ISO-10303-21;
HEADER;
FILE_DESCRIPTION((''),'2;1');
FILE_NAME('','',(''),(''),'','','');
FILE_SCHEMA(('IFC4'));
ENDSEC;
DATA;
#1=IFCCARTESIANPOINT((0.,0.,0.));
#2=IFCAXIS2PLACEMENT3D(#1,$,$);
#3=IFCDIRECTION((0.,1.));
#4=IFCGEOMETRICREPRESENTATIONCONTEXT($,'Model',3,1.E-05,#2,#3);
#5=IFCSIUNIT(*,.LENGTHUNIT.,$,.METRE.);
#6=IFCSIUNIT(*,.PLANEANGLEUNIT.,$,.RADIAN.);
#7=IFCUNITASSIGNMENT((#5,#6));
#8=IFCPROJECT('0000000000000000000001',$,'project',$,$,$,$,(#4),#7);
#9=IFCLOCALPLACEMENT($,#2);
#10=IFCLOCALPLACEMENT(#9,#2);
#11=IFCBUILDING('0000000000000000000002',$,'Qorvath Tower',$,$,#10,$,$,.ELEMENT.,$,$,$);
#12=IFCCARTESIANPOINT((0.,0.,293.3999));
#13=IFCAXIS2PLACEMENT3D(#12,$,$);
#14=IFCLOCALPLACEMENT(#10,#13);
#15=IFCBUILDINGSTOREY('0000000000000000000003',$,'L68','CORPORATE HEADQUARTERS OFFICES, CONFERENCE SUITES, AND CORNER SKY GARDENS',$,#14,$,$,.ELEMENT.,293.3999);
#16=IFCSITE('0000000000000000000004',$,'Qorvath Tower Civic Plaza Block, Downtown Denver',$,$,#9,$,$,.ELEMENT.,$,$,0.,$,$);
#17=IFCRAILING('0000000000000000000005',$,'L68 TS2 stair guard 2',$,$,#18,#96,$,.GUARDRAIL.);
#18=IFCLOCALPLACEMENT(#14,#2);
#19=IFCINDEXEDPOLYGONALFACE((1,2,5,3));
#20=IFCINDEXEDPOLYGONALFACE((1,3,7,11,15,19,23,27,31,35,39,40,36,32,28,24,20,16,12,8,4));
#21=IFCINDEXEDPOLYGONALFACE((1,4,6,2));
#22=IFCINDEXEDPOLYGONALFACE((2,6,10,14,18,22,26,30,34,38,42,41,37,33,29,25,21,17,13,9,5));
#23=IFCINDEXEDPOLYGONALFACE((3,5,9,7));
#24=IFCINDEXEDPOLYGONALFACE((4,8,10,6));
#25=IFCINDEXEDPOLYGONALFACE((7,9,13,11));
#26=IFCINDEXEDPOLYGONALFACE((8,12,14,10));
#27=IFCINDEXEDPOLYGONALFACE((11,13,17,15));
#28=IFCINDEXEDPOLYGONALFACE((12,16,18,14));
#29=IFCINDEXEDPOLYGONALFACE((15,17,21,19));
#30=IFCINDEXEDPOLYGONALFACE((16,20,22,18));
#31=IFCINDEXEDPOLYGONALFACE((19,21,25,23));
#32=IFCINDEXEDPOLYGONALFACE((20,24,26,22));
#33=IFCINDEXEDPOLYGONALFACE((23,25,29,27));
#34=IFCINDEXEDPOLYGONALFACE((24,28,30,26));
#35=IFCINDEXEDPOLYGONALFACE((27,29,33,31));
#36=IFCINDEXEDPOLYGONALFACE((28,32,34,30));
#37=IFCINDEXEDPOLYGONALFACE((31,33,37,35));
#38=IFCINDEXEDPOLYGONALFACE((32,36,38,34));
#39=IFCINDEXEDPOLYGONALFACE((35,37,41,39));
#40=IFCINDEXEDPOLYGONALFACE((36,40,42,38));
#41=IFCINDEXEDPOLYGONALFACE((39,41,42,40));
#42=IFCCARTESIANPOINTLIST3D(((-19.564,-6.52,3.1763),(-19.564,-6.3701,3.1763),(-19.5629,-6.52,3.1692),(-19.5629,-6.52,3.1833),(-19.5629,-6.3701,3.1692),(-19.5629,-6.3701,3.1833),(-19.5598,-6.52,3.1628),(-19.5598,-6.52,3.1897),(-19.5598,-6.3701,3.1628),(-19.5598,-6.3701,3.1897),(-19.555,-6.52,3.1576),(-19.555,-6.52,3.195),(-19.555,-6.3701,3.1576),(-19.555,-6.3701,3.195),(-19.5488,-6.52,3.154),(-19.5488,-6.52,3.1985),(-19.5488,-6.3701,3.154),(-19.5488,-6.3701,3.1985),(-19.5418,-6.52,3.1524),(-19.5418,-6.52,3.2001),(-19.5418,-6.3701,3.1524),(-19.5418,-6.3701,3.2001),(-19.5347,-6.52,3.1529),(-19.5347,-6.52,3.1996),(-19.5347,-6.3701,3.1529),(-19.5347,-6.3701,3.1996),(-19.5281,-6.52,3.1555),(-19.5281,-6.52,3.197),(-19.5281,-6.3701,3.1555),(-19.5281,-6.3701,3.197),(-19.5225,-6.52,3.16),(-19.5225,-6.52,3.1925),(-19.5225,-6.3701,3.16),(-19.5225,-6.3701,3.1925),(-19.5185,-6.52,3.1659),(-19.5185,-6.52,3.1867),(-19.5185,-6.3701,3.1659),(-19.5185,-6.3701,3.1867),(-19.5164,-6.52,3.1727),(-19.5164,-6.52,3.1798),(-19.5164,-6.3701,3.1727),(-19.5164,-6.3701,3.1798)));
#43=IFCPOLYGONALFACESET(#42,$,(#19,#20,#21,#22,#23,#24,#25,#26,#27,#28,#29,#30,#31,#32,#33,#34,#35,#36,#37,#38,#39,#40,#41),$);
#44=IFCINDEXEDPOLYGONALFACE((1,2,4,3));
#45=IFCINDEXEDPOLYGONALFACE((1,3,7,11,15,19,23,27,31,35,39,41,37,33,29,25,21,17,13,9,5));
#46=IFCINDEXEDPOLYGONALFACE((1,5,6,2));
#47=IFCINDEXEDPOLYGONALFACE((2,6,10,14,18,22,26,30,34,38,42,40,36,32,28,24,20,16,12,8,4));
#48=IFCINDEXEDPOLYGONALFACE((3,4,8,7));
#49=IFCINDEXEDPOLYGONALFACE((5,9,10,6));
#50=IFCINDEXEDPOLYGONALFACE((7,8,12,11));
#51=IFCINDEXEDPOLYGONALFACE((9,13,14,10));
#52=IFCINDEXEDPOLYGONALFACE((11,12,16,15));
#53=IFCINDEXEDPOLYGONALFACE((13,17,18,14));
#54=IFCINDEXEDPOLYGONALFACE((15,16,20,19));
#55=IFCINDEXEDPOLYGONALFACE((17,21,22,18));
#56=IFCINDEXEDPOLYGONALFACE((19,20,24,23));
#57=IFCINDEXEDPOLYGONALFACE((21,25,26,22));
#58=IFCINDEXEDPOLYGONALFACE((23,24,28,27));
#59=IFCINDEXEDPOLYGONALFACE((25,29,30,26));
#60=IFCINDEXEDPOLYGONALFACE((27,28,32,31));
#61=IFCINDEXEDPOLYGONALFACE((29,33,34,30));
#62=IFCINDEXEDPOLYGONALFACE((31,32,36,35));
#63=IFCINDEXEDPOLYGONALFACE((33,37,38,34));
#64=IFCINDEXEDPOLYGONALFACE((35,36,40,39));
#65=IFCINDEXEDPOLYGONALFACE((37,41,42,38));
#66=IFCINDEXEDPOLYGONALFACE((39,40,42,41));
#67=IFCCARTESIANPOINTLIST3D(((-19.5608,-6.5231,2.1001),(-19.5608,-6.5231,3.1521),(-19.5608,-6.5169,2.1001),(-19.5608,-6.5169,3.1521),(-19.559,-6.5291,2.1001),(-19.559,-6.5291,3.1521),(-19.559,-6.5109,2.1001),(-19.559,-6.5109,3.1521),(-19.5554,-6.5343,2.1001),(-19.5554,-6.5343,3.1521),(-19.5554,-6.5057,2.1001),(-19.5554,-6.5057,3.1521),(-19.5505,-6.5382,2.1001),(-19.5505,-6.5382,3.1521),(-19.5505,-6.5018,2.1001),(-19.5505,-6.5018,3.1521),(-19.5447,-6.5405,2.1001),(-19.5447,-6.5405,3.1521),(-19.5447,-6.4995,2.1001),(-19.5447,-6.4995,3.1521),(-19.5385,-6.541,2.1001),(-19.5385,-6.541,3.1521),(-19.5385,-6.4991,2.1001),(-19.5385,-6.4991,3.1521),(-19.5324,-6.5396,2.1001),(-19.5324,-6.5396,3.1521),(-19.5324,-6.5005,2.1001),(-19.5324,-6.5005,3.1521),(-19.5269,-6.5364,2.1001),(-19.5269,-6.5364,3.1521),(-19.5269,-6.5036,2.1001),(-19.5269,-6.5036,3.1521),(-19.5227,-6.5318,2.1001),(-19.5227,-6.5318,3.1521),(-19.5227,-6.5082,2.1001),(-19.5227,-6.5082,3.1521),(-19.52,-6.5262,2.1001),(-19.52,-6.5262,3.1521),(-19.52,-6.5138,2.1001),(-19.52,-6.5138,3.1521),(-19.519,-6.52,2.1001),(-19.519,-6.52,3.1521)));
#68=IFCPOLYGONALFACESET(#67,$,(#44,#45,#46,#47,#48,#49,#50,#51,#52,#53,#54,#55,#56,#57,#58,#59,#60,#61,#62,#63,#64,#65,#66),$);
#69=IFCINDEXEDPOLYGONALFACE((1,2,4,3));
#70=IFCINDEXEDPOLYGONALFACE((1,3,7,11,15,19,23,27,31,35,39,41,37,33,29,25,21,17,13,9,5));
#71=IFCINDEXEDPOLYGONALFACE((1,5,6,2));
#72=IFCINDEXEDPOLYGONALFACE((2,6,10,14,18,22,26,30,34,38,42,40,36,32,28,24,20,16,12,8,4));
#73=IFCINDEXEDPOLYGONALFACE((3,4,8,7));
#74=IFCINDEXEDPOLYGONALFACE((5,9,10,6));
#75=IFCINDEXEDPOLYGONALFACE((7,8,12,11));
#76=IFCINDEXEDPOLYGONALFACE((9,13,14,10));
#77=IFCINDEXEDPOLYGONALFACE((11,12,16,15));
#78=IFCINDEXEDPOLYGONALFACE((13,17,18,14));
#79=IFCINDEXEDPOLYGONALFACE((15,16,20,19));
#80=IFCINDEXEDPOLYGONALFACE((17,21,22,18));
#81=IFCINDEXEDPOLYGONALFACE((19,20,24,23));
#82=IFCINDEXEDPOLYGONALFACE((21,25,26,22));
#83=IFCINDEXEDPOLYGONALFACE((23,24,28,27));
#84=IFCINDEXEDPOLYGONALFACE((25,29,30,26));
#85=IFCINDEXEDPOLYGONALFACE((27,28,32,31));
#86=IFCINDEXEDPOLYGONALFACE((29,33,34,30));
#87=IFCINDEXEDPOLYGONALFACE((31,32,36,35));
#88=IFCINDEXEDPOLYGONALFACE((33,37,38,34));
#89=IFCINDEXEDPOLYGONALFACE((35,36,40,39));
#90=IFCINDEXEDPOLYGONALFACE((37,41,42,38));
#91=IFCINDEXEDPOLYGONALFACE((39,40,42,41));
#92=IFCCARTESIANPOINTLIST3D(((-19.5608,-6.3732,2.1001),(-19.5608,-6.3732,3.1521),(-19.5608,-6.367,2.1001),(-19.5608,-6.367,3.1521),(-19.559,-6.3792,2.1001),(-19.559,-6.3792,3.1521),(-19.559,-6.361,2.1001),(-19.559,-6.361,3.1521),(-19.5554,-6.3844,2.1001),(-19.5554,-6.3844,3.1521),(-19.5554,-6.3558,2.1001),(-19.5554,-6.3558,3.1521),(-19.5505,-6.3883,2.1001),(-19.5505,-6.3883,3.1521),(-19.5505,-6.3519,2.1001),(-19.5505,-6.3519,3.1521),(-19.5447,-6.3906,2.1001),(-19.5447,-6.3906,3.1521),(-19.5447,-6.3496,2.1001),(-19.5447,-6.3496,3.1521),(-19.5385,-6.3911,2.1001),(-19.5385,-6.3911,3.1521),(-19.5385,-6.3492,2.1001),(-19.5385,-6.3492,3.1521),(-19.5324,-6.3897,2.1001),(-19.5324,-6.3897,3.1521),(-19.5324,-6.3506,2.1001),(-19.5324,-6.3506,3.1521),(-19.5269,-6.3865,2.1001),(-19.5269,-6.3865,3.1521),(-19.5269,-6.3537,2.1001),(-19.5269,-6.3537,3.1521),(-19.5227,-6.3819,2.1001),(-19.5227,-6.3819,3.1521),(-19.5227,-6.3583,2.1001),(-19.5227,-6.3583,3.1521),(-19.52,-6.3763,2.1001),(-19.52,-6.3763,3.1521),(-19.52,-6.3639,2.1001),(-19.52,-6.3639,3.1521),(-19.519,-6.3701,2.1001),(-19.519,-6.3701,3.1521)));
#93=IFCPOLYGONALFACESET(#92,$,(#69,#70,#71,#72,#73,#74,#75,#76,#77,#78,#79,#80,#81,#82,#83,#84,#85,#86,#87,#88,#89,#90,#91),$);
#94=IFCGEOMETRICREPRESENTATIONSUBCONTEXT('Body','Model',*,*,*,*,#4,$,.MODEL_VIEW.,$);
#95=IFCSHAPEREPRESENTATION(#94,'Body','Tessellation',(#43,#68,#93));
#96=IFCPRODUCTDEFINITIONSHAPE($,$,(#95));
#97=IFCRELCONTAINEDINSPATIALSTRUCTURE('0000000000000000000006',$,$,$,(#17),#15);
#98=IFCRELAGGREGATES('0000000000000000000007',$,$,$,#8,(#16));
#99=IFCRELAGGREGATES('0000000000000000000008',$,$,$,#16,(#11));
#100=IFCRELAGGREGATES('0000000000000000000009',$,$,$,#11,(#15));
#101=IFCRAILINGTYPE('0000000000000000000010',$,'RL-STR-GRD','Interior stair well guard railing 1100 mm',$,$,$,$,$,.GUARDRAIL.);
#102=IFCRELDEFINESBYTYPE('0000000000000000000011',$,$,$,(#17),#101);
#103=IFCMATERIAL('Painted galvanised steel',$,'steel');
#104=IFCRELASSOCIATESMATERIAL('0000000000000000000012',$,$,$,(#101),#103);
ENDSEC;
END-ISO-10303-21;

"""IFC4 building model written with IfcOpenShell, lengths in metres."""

from ifc_helpers import new_model, si_unit, direction, frame, origin, origin_2d, place, context, subcontext, project, spatial, circle, extrude, material, type_object, element, save


model = new_model("IFC4")

# Units and contexts
model_context = context("Model", 3, precision=1e-05, world=origin(), true_north=direction((0.0, 1.0)))
body_context = subcontext(model_context, "Body", "Model", "MODEL_VIEW")
ifc_project = project(units=[si_unit("LENGTHUNIT", "METRE"), si_unit("PLANEANGLEUNIT", "RADIAN")], contexts=[model_context])

# Site, building, storey
site_placement = place(None, origin())
site = spatial("IfcSite", under=ifc_project, at=site_placement, Name="Qorvath Tower Civic Plaza Block, Downtown Denver", CompositionType="ELEMENT", RefElevation=0.0)
building_placement = place(site_placement, origin())
building = spatial("IfcBuilding", under=site, at=building_placement, Name="Qorvath Tower", CompositionType="ELEMENT")
storey_placement = place(building_placement, frame((0.0, 0.0, 293.3999)))
storey = spatial("IfcBuildingStorey", under=building, at=storey_placement, Name="L68", Description="CORPORATE HEADQUARTERS OFFICES, CONFERENCE SUITES, AND CORNER SKY GARDENS", CompositionType="ELEMENT", Elevation=293.3999)

# Railing
ifc_material_1 = material(Name="Painted galvanised steel", Category="steel")
railing_type_1 = type_object("IfcRailingType", Name="RL-STR-GRD", Description="Interior stair well guard railing 1100 mm", PredefinedType="GUARDRAIL", material=ifc_material_1)
railing_1_placement = place(storey_placement, frame((-19.54, -6.52, 2.1001)))
element("IfcRailing", 1, at=railing_1_placement, inside=storey, type_object=railing_type_1, Name="L68 TS2 stair guard 2", PredefinedType="GUARDRAIL", context=body_context, shape_type="SweptSolid", body=[
    extrude(circle(Radius=0.0239, at=origin_2d()), frame((0.0, 0.0, 1.0762), z_axis=(0.0, 1.0, 0.0), x_axis=(-1.0, 0.0, 0.0)), (0.0, 0.0, 1.0), 0.1499),
    extrude(circle(Radius=0.021, at=origin_2d()), origin(), (0.0, 0.0, 1.0), 1.052),
    extrude(circle(Radius=0.021, at=origin_2d()), frame((0.0, 0.1499, 0.0)), (0.0, 0.0, 1.0), 1.052),
])

save(model, "model.ifc")
